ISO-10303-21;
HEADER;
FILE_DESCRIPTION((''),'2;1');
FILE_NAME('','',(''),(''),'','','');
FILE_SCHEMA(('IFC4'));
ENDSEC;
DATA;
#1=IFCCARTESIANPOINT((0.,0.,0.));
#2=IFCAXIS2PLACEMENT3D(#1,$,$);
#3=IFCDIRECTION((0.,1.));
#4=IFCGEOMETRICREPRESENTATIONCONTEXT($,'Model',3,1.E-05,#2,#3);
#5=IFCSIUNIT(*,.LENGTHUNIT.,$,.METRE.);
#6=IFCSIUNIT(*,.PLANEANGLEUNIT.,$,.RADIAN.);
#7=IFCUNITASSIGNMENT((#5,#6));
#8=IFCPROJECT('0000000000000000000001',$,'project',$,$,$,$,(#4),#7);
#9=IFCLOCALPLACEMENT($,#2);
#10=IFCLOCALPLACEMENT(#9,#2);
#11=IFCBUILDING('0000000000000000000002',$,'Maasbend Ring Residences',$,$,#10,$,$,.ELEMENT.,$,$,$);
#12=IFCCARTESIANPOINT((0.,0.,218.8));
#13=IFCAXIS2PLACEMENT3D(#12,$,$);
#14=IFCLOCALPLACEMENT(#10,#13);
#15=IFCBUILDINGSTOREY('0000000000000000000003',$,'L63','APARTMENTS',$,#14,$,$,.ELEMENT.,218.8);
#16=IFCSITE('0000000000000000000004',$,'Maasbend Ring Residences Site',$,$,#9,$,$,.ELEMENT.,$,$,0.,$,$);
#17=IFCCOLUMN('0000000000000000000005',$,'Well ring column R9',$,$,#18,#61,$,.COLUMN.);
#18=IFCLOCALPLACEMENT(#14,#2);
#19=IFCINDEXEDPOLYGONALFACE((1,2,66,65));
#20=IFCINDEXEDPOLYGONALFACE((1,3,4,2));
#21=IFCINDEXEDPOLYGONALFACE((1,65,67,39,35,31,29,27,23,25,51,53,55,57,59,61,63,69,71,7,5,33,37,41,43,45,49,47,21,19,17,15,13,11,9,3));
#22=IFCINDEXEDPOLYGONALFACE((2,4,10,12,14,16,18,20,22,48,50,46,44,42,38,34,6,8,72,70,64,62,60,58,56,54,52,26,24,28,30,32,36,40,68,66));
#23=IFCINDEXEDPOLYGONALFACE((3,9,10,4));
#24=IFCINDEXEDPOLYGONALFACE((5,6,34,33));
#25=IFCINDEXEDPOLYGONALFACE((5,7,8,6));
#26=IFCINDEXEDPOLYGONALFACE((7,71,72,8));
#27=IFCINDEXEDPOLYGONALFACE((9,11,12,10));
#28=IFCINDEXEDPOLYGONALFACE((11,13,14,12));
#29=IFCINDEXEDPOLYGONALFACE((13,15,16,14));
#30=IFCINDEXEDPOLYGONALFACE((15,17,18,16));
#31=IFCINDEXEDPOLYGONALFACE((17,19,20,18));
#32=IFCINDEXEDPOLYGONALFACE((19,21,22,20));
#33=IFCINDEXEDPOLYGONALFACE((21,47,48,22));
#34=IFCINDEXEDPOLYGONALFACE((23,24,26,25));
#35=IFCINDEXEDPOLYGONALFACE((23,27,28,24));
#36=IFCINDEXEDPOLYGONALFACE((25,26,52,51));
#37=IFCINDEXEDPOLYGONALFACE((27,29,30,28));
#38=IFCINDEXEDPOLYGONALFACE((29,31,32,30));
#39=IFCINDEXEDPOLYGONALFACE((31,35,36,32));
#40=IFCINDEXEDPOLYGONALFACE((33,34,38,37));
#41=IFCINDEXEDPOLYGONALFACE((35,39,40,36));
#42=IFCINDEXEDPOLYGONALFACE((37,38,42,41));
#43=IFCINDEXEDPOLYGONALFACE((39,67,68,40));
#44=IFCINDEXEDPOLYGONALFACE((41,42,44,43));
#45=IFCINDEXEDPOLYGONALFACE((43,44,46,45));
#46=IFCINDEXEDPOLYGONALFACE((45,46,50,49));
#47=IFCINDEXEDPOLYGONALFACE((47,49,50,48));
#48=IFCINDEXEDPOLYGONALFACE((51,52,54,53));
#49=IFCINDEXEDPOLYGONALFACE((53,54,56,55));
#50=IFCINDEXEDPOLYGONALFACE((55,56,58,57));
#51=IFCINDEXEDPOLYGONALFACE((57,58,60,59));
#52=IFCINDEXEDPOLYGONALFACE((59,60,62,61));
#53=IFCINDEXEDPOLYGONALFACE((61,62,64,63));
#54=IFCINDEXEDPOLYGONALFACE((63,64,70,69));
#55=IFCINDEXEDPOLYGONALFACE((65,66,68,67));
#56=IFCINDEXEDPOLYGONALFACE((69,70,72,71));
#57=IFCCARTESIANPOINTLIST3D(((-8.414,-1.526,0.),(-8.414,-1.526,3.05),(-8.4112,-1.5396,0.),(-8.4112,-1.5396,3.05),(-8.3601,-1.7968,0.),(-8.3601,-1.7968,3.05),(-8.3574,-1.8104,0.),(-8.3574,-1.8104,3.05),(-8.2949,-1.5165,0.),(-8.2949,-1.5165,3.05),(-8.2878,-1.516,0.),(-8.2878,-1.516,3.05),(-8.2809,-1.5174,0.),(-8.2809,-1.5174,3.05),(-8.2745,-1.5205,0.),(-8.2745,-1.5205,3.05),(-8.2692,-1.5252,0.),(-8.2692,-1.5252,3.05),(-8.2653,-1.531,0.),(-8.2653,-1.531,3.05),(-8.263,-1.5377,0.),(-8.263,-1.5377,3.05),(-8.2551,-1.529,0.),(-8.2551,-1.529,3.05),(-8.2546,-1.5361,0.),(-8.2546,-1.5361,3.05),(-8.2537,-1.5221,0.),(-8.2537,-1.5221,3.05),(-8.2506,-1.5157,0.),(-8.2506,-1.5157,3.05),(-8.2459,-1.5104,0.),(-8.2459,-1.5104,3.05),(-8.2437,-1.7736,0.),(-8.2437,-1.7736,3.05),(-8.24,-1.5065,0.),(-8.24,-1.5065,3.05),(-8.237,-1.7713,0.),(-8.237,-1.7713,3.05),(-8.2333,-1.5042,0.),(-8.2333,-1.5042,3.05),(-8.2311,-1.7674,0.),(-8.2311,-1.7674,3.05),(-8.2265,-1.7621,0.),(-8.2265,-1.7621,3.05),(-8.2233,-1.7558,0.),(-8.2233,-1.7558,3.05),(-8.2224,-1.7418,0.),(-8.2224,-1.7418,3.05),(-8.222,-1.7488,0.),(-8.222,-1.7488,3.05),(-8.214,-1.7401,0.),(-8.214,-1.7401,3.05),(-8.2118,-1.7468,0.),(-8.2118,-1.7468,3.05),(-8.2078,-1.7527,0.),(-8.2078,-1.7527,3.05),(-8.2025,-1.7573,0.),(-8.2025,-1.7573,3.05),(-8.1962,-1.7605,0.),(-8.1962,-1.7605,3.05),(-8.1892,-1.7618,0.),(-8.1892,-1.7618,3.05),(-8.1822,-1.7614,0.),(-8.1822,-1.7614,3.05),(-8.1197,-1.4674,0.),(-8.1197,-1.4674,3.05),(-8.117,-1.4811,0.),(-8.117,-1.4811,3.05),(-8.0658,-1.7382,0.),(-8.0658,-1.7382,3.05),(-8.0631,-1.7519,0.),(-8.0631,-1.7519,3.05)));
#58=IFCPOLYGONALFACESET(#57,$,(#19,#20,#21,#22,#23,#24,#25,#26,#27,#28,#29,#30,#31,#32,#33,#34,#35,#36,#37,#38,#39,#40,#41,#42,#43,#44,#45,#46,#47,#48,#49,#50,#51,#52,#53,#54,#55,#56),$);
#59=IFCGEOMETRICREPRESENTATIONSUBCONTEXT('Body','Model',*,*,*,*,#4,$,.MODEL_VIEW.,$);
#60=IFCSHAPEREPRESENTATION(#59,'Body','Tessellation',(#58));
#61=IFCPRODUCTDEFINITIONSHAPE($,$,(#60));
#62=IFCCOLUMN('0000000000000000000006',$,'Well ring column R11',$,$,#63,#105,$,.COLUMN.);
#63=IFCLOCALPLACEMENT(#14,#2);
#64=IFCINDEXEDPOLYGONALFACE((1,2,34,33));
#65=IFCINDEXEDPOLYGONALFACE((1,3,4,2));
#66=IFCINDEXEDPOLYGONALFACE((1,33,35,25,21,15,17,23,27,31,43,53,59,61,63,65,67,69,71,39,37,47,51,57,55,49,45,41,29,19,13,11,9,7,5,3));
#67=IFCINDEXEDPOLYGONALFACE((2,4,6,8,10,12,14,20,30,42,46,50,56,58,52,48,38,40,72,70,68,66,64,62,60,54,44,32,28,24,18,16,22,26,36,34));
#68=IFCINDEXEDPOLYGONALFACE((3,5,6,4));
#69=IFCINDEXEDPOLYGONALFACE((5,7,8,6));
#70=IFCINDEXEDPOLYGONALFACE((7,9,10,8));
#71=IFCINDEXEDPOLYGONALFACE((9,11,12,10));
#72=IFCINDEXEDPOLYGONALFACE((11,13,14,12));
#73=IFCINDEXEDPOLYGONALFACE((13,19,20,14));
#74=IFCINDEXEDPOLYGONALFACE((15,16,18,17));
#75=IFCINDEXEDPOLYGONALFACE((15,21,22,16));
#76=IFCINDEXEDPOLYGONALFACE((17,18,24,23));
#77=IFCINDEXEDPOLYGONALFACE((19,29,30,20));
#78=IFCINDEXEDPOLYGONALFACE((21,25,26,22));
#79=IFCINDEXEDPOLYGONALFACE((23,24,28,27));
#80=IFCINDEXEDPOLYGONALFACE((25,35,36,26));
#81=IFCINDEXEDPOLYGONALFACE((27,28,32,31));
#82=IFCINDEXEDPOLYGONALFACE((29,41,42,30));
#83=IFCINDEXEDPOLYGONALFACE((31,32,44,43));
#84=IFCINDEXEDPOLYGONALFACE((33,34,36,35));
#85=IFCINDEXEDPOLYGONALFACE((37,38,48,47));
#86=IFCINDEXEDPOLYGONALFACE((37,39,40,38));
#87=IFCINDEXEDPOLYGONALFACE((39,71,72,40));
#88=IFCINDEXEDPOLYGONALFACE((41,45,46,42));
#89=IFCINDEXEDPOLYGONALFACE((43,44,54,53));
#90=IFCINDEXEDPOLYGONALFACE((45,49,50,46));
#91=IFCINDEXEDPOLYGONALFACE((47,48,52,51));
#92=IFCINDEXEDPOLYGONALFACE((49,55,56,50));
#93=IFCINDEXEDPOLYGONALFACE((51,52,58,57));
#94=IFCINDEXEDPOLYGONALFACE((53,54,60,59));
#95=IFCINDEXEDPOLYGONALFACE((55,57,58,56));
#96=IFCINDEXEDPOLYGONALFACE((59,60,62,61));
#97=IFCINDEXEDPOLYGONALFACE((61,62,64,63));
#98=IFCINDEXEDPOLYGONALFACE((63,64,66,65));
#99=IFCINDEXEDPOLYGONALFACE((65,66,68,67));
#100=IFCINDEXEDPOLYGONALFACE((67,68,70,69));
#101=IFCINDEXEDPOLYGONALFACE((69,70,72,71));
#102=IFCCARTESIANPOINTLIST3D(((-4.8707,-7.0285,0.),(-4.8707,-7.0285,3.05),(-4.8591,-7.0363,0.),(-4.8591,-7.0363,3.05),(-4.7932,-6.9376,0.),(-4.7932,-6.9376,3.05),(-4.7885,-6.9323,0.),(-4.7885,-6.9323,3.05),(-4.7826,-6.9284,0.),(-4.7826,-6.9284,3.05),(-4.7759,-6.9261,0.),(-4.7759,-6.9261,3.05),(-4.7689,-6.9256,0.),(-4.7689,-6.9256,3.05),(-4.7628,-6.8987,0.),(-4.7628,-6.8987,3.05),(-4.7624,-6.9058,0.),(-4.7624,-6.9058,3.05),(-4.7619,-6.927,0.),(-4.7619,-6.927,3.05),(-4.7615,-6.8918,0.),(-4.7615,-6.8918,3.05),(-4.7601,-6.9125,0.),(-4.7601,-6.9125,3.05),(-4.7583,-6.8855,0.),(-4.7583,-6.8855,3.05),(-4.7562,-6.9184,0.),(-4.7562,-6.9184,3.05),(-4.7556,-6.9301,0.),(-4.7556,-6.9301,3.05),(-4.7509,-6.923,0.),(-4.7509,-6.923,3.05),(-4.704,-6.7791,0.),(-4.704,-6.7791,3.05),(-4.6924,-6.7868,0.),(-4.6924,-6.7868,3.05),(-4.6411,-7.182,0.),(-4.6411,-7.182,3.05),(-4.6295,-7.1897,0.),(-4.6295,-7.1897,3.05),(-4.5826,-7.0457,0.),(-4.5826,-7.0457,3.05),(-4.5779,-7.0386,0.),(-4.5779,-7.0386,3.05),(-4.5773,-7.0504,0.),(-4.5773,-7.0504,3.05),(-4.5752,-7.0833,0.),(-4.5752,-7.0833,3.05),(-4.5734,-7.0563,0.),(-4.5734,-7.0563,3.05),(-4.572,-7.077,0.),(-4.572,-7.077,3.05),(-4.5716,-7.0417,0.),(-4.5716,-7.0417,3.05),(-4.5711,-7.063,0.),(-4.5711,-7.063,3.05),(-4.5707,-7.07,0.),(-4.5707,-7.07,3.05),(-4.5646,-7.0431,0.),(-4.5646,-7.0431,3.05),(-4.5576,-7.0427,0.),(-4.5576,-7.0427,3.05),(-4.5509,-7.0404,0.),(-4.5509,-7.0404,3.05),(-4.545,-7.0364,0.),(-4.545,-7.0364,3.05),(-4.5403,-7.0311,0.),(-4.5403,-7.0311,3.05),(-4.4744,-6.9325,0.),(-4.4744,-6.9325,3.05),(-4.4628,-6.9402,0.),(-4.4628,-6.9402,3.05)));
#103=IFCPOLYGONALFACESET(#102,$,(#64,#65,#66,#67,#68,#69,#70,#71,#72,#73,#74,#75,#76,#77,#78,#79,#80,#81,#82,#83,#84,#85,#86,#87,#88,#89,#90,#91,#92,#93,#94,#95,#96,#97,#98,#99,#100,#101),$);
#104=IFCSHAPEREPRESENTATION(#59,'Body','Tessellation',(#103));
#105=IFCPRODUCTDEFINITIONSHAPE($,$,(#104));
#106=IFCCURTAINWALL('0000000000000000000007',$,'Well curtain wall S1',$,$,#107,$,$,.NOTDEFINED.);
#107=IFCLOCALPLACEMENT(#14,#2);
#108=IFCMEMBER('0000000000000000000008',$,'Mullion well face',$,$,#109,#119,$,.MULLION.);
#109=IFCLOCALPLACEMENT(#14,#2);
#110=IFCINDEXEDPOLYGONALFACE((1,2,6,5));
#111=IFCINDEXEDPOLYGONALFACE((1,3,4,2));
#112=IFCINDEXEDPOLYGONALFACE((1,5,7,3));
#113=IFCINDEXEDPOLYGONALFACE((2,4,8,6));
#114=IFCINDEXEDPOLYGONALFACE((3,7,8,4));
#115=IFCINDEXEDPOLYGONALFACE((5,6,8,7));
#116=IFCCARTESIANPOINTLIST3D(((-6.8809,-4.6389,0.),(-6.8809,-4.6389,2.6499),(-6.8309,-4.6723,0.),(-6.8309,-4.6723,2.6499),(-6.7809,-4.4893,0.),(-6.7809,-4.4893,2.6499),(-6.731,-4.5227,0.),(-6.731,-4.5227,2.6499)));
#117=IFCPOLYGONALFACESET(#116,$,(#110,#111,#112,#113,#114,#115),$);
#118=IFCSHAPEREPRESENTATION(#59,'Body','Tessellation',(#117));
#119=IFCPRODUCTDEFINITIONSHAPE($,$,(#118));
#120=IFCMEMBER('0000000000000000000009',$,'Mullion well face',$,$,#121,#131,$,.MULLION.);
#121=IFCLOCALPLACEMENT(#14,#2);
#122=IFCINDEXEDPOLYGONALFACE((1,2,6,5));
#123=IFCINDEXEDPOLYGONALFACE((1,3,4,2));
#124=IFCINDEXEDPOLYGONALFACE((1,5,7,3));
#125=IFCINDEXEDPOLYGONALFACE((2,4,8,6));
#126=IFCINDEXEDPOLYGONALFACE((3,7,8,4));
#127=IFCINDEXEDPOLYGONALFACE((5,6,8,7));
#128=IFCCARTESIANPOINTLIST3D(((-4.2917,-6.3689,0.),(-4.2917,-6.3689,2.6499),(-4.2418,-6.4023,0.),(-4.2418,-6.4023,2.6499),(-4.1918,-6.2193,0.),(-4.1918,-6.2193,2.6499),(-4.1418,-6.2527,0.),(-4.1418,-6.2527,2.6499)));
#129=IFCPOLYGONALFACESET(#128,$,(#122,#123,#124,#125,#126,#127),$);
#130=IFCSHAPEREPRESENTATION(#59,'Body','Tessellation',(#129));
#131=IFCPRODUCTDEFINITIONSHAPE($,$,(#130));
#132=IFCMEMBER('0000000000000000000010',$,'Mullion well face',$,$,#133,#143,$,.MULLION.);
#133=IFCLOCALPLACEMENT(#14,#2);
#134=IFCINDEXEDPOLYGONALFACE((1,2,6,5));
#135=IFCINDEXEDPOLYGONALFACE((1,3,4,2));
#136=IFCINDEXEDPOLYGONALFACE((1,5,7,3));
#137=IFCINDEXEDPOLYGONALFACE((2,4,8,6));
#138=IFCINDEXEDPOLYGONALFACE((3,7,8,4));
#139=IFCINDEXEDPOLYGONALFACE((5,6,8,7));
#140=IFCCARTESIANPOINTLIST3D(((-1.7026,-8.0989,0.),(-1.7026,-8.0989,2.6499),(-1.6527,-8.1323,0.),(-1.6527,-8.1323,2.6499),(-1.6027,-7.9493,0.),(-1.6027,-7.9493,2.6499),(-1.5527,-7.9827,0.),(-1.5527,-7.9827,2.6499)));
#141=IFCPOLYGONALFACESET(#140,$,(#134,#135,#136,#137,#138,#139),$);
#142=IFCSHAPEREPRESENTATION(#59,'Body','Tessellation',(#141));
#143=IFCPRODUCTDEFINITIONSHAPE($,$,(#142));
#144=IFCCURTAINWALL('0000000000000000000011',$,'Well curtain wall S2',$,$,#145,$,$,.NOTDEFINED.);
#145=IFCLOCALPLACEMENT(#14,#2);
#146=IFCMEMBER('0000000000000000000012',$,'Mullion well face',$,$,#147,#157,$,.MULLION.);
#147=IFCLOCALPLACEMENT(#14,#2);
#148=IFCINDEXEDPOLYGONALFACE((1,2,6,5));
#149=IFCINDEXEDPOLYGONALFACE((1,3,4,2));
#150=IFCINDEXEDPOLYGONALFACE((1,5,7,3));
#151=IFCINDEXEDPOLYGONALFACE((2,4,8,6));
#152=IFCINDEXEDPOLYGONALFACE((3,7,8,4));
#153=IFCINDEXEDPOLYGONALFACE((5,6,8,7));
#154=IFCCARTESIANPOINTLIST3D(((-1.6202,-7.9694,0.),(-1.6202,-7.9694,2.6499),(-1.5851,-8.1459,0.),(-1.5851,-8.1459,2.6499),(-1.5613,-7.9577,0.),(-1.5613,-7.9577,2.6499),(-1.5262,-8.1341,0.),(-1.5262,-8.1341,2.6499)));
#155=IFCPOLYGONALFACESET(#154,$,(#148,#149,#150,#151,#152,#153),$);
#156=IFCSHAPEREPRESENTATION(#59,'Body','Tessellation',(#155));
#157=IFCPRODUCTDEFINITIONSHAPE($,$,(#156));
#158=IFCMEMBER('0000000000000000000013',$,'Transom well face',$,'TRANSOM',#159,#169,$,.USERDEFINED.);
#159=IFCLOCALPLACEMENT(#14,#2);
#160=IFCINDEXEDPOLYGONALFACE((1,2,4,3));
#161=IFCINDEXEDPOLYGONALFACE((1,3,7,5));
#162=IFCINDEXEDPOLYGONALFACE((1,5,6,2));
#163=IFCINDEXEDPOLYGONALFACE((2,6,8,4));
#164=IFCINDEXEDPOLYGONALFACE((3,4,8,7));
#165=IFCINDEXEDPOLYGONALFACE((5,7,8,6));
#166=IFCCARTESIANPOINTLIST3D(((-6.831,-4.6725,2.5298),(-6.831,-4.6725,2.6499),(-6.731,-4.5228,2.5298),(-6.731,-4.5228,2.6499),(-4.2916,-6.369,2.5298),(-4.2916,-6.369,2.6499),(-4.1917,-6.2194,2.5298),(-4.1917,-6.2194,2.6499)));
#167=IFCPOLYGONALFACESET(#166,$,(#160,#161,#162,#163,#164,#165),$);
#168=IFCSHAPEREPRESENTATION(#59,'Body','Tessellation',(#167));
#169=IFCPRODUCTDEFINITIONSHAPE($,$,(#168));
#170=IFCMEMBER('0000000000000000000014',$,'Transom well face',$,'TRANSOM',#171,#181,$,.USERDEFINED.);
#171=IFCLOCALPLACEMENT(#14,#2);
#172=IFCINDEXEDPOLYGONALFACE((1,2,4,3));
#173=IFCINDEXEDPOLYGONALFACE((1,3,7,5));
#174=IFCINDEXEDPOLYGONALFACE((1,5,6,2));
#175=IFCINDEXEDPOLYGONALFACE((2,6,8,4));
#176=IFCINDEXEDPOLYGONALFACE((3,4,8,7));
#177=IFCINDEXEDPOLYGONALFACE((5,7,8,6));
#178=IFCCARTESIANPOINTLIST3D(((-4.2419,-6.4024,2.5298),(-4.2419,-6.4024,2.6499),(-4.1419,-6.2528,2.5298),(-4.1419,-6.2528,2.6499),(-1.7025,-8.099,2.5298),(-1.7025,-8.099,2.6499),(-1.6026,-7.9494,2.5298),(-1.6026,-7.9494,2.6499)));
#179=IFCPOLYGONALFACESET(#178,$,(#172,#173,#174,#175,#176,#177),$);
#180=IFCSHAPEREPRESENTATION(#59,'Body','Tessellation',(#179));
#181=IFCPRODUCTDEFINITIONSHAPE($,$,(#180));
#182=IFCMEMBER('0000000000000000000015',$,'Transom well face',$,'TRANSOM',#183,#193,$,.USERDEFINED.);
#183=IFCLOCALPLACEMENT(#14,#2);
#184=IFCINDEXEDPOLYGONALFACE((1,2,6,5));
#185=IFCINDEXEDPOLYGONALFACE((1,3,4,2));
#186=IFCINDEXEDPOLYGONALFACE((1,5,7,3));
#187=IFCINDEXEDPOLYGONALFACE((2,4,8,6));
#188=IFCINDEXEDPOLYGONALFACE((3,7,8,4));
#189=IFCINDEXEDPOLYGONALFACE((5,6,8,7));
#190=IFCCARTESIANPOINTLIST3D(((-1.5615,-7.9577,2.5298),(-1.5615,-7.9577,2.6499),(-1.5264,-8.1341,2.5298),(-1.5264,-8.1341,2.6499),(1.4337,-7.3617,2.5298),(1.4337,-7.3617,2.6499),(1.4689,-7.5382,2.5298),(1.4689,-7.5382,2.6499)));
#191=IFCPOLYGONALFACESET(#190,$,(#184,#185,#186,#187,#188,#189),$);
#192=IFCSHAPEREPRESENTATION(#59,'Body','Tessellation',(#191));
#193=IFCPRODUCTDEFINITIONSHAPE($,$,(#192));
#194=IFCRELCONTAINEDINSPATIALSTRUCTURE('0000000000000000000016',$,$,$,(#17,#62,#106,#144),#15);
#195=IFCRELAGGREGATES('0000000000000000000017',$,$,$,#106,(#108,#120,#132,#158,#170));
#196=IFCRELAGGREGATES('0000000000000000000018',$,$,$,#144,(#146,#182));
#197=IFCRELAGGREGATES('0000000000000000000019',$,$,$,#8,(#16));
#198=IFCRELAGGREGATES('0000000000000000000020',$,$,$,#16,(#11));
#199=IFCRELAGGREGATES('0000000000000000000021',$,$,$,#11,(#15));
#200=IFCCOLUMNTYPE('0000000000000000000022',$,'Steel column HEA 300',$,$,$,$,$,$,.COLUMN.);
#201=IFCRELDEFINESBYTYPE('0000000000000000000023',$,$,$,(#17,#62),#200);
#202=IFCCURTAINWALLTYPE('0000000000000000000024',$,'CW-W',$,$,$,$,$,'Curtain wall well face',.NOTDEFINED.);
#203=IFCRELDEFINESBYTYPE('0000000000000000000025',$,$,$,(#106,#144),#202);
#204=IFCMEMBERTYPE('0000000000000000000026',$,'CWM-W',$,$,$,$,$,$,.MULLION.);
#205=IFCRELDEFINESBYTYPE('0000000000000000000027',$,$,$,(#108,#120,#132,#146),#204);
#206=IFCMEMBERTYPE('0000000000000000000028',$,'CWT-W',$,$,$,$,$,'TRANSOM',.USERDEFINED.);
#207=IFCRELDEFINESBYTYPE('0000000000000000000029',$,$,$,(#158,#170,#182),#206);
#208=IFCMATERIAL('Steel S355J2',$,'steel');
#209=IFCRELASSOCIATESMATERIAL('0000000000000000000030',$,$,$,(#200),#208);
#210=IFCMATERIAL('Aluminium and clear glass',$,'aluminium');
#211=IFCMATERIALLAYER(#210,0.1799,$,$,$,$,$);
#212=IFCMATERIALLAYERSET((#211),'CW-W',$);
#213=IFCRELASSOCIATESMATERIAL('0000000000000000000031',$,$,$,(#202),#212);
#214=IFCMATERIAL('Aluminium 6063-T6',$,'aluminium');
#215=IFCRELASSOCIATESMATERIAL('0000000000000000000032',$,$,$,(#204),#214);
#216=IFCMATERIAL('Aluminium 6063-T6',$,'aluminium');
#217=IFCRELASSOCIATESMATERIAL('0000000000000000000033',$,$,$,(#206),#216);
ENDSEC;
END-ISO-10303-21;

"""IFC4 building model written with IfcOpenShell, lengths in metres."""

from ifc_helpers import new_model, si_unit, direction, frame, origin, origin_2d, place, context, subcontext, project, spatial, rectangle, i_section, extrude, material, layer, layer_set, material_profile, profile_set, type_object, element, aggregate, save


model = new_model("IFC4")

# Units and contexts
model_context = context("Model", 3, precision=1e-05, world=origin(), true_north=direction((0.0, 1.0)))
body_context = subcontext(model_context, "Body", "Model", "MODEL_VIEW")
ifc_project = project(units=[si_unit("LENGTHUNIT", "METRE"), si_unit("PLANEANGLEUNIT", "RADIAN")], contexts=[model_context])

# Site, building, storey
site_placement = place(None, origin())
site = spatial("IfcSite", under=ifc_project, at=site_placement, Name="Maasbend Ring Residences Site", CompositionType="ELEMENT", RefElevation=0.0)
building_placement = place(site_placement, origin())
building = spatial("IfcBuilding", under=site, at=building_placement, Name="Maasbend Ring Residences", CompositionType="ELEMENT")
storey_placement = place(building_placement, frame((0.0, 0.0, 218.8)))
storey = spatial("IfcBuildingStorey", under=building, at=storey_placement, Name="L63", Description="APARTMENTS", CompositionType="ELEMENT", Elevation=218.8)

# Columns
ifc_material_1 = material(Name="Steel S355J2", Category="steel")
ifc_material_profile_1 = material_profile(ifc_material_1, i_section(OverallWidth=0.3, OverallDepth=0.29, WebThickness=0.0085, FlangeThickness=0.0139, FilletRadius=0.0271, at=origin_2d()), Name="HEA 300")
ifc_profile_set_1 = profile_set([ifc_material_profile_1], Name="Steel S355J2")
column_type = type_object("IfcColumnType", Name="Steel column HEA 300", PredefinedType="COLUMN", material=ifc_profile_set_1)
for number, where, z_axis, x_axis, name in (
    (1, (-8.2385, -1.6389, 0.0), (0.0, 0.0, 1.0), (-0.980785, -0.19509, 0.0), "Well ring column R9"),
    (2, (-4.6667, -6.9844, 0.0), (0.0, 0.0, 1.0), (-0.55557, -0.83147, 0.0), "Well ring column R11"),
):
    element("IfcColumn", number, at=place(storey_placement, frame(where, z_axis=z_axis, x_axis=x_axis)), inside=storey, type_object=column_type, Name=name, PredefinedType="COLUMN", context=body_context, shape_type="SweptSolid", body=[
        extrude(i_section(OverallWidth=0.3, OverallDepth=0.29, WebThickness=0.0085, FlangeThickness=0.0139, FilletRadius=0.0271, at=origin_2d()), origin(), (0.0, 0.0, 1.0), 3.05),
    ])

# Curtain wall, members
ifc_material_2 = material(Name="Aluminium and clear glass", Category="aluminium")
ifc_layer_1 = layer(ifc_material_2, 0.1799)
ifc_layer_set_1 = layer_set([ifc_layer_1], Name="CW-W")
curtain_wall_type = type_object("IfcCurtainWallType", Name="CW-W", ElementType="Curtain wall well face", PredefinedType="NOTDEFINED", material=ifc_layer_set_1)
curtain_wall_1_placement = place(storey_placement, origin())
curtain_wall_1 = element("IfcCurtainWall", 3, at=curtain_wall_1_placement, inside=storey, type_object=curtain_wall_type, Name="Well curtain wall S1", PredefinedType="NOTDEFINED")
ifc_material_3 = material(Name="Aluminium 6063-T6", Category="aluminium")
ifc_material_profile_2 = material_profile(ifc_material_3, rectangle(XDim=0.1799, YDim=0.0601, at=origin_2d()), Name="AL 180x60")
ifc_profile_set_2 = profile_set([ifc_material_profile_2], Name="Aluminium 6063-T6")
member_type_1 = type_object("IfcMemberType", Name="CWM-W", PredefinedType="MULLION", material=ifc_profile_set_2)
member_1_placement = place(storey_placement, frame((-6.8059, -4.5808, 0.0), z_axis=(0.0, 0.0, 1.0), x_axis=(0.55557, 0.83147, 0.0)))
member_1 = element("IfcMember", 4, at=member_1_placement, type_object=member_type_1, Name="Mullion well face", PredefinedType="MULLION", context=body_context, shape_type="SweptSolid", body=[
    extrude(rectangle(XDim=0.1799, YDim=0.0601, at=origin_2d()), origin(), (0.0, 0.0, 1.0), 2.6499),
])
member_2_placement = place(storey_placement, frame((-4.2168, -6.3108, 0.0), z_axis=(0.0, 0.0, 1.0), x_axis=(0.55557, 0.83147, 0.0)))
member_2 = element("IfcMember", 5, at=member_2_placement, type_object=member_type_1, Name="Mullion well face", PredefinedType="MULLION", context=body_context, shape_type="SweptSolid", body=[
    extrude(rectangle(XDim=0.1799, YDim=0.0601, at=origin_2d()), origin(), (0.0, 0.0, 1.0), 2.6499),
])
member_3_placement = place(storey_placement, frame((-1.6277, -8.0408, 0.0), z_axis=(0.0, 0.0, 1.0), x_axis=(0.55557, 0.83147, 0.0)))
member_3 = element("IfcMember", 6, at=member_3_placement, type_object=member_type_1, Name="Mullion well face", PredefinedType="MULLION", context=body_context, shape_type="SweptSolid", body=[
    extrude(rectangle(XDim=0.1799, YDim=0.0601, at=origin_2d()), origin(), (0.0, 0.0, 1.0), 2.6499),
])

# Curtain wall, member
curtain_wall_2_placement = place(storey_placement, origin())
curtain_wall_2 = element("IfcCurtainWall", 7, at=curtain_wall_2_placement, inside=storey, type_object=curtain_wall_type, Name="Well curtain wall S2", PredefinedType="NOTDEFINED")
member_4_placement = place(storey_placement, frame((-1.5732, -8.0518, 0.0), z_axis=(0.0, 0.0, 1.0), x_axis=(-0.19509, 0.980785, 0.0)))
member_4 = element("IfcMember", 8, at=member_4_placement, type_object=member_type_1, Name="Mullion well face", PredefinedType="MULLION", context=body_context, shape_type="SweptSolid", body=[
    extrude(rectangle(XDim=0.1799, YDim=0.0601, at=origin_2d()), origin(), (0.0, 0.0, 1.0), 2.6499),
])

# Members
ifc_material_4 = material(Name="Aluminium 6063-T6", Category="aluminium")
ifc_material_profile_3 = material_profile(ifc_material_4, rectangle(XDim=0.1799, YDim=0.1201, at=origin_2d()), Name="AL 180x120")
ifc_profile_set_3 = profile_set([ifc_material_profile_3], Name="Aluminium 6063-T6")
member_type_2 = type_object("IfcMemberType", Name="CWT-W", ElementType="TRANSOM", PredefinedType="USERDEFINED", material=ifc_profile_set_3)
member_5_placement = place(storey_placement, frame((-6.781, -4.5977, 2.5898), z_axis=(0.831496, -0.55553, 0.0), x_axis=(0.55553, 0.831496, 0.0)))
member_5 = element("IfcMember", 9, at=member_5_placement, type_object=member_type_2, Name="Transom well face", ObjectType="TRANSOM", PredefinedType="USERDEFINED", context=body_context, shape_type="SweptSolid", body=[
    extrude(rectangle(XDim=0.1799, YDim=0.1201, at=origin_2d()), origin(), (0.0, 0.0, 1.0), 3.054),
])
member_6_placement = place(storey_placement, frame((-4.1919, -6.3276, 2.5898), z_axis=(0.831496, -0.55553, 0.0), x_axis=(0.55553, 0.831496, 0.0)))
member_6 = element("IfcMember", 10, at=member_6_placement, type_object=member_type_2, Name="Transom well face", ObjectType="TRANSOM", PredefinedType="USERDEFINED", context=body_context, shape_type="SweptSolid", body=[
    extrude(rectangle(XDim=0.1799, YDim=0.1201, at=origin_2d()), origin(), (0.0, 0.0, 1.0), 3.054),
])
member_7_placement = place(storey_placement, frame((-1.5439, -8.0459, 2.5898), z_axis=(0.980777, 0.195132, 0.0), x_axis=(-0.195132, 0.980777, 0.0)))
member_7 = element("IfcMember", 11, at=member_7_placement, type_object=member_type_2, Name="Transom well face", ObjectType="TRANSOM", PredefinedType="USERDEFINED", context=body_context, shape_type="SweptSolid", body=[
    extrude(rectangle(XDim=0.1799, YDim=0.1201, at=origin_2d()), origin(), (0.0, 0.0, 1.0), 3.054),
])

aggregate(curtain_wall_1, [member_1, member_2, member_3, member_5, member_6])
aggregate(curtain_wall_2, [member_4, member_7])

save(model, "model.ifc")
